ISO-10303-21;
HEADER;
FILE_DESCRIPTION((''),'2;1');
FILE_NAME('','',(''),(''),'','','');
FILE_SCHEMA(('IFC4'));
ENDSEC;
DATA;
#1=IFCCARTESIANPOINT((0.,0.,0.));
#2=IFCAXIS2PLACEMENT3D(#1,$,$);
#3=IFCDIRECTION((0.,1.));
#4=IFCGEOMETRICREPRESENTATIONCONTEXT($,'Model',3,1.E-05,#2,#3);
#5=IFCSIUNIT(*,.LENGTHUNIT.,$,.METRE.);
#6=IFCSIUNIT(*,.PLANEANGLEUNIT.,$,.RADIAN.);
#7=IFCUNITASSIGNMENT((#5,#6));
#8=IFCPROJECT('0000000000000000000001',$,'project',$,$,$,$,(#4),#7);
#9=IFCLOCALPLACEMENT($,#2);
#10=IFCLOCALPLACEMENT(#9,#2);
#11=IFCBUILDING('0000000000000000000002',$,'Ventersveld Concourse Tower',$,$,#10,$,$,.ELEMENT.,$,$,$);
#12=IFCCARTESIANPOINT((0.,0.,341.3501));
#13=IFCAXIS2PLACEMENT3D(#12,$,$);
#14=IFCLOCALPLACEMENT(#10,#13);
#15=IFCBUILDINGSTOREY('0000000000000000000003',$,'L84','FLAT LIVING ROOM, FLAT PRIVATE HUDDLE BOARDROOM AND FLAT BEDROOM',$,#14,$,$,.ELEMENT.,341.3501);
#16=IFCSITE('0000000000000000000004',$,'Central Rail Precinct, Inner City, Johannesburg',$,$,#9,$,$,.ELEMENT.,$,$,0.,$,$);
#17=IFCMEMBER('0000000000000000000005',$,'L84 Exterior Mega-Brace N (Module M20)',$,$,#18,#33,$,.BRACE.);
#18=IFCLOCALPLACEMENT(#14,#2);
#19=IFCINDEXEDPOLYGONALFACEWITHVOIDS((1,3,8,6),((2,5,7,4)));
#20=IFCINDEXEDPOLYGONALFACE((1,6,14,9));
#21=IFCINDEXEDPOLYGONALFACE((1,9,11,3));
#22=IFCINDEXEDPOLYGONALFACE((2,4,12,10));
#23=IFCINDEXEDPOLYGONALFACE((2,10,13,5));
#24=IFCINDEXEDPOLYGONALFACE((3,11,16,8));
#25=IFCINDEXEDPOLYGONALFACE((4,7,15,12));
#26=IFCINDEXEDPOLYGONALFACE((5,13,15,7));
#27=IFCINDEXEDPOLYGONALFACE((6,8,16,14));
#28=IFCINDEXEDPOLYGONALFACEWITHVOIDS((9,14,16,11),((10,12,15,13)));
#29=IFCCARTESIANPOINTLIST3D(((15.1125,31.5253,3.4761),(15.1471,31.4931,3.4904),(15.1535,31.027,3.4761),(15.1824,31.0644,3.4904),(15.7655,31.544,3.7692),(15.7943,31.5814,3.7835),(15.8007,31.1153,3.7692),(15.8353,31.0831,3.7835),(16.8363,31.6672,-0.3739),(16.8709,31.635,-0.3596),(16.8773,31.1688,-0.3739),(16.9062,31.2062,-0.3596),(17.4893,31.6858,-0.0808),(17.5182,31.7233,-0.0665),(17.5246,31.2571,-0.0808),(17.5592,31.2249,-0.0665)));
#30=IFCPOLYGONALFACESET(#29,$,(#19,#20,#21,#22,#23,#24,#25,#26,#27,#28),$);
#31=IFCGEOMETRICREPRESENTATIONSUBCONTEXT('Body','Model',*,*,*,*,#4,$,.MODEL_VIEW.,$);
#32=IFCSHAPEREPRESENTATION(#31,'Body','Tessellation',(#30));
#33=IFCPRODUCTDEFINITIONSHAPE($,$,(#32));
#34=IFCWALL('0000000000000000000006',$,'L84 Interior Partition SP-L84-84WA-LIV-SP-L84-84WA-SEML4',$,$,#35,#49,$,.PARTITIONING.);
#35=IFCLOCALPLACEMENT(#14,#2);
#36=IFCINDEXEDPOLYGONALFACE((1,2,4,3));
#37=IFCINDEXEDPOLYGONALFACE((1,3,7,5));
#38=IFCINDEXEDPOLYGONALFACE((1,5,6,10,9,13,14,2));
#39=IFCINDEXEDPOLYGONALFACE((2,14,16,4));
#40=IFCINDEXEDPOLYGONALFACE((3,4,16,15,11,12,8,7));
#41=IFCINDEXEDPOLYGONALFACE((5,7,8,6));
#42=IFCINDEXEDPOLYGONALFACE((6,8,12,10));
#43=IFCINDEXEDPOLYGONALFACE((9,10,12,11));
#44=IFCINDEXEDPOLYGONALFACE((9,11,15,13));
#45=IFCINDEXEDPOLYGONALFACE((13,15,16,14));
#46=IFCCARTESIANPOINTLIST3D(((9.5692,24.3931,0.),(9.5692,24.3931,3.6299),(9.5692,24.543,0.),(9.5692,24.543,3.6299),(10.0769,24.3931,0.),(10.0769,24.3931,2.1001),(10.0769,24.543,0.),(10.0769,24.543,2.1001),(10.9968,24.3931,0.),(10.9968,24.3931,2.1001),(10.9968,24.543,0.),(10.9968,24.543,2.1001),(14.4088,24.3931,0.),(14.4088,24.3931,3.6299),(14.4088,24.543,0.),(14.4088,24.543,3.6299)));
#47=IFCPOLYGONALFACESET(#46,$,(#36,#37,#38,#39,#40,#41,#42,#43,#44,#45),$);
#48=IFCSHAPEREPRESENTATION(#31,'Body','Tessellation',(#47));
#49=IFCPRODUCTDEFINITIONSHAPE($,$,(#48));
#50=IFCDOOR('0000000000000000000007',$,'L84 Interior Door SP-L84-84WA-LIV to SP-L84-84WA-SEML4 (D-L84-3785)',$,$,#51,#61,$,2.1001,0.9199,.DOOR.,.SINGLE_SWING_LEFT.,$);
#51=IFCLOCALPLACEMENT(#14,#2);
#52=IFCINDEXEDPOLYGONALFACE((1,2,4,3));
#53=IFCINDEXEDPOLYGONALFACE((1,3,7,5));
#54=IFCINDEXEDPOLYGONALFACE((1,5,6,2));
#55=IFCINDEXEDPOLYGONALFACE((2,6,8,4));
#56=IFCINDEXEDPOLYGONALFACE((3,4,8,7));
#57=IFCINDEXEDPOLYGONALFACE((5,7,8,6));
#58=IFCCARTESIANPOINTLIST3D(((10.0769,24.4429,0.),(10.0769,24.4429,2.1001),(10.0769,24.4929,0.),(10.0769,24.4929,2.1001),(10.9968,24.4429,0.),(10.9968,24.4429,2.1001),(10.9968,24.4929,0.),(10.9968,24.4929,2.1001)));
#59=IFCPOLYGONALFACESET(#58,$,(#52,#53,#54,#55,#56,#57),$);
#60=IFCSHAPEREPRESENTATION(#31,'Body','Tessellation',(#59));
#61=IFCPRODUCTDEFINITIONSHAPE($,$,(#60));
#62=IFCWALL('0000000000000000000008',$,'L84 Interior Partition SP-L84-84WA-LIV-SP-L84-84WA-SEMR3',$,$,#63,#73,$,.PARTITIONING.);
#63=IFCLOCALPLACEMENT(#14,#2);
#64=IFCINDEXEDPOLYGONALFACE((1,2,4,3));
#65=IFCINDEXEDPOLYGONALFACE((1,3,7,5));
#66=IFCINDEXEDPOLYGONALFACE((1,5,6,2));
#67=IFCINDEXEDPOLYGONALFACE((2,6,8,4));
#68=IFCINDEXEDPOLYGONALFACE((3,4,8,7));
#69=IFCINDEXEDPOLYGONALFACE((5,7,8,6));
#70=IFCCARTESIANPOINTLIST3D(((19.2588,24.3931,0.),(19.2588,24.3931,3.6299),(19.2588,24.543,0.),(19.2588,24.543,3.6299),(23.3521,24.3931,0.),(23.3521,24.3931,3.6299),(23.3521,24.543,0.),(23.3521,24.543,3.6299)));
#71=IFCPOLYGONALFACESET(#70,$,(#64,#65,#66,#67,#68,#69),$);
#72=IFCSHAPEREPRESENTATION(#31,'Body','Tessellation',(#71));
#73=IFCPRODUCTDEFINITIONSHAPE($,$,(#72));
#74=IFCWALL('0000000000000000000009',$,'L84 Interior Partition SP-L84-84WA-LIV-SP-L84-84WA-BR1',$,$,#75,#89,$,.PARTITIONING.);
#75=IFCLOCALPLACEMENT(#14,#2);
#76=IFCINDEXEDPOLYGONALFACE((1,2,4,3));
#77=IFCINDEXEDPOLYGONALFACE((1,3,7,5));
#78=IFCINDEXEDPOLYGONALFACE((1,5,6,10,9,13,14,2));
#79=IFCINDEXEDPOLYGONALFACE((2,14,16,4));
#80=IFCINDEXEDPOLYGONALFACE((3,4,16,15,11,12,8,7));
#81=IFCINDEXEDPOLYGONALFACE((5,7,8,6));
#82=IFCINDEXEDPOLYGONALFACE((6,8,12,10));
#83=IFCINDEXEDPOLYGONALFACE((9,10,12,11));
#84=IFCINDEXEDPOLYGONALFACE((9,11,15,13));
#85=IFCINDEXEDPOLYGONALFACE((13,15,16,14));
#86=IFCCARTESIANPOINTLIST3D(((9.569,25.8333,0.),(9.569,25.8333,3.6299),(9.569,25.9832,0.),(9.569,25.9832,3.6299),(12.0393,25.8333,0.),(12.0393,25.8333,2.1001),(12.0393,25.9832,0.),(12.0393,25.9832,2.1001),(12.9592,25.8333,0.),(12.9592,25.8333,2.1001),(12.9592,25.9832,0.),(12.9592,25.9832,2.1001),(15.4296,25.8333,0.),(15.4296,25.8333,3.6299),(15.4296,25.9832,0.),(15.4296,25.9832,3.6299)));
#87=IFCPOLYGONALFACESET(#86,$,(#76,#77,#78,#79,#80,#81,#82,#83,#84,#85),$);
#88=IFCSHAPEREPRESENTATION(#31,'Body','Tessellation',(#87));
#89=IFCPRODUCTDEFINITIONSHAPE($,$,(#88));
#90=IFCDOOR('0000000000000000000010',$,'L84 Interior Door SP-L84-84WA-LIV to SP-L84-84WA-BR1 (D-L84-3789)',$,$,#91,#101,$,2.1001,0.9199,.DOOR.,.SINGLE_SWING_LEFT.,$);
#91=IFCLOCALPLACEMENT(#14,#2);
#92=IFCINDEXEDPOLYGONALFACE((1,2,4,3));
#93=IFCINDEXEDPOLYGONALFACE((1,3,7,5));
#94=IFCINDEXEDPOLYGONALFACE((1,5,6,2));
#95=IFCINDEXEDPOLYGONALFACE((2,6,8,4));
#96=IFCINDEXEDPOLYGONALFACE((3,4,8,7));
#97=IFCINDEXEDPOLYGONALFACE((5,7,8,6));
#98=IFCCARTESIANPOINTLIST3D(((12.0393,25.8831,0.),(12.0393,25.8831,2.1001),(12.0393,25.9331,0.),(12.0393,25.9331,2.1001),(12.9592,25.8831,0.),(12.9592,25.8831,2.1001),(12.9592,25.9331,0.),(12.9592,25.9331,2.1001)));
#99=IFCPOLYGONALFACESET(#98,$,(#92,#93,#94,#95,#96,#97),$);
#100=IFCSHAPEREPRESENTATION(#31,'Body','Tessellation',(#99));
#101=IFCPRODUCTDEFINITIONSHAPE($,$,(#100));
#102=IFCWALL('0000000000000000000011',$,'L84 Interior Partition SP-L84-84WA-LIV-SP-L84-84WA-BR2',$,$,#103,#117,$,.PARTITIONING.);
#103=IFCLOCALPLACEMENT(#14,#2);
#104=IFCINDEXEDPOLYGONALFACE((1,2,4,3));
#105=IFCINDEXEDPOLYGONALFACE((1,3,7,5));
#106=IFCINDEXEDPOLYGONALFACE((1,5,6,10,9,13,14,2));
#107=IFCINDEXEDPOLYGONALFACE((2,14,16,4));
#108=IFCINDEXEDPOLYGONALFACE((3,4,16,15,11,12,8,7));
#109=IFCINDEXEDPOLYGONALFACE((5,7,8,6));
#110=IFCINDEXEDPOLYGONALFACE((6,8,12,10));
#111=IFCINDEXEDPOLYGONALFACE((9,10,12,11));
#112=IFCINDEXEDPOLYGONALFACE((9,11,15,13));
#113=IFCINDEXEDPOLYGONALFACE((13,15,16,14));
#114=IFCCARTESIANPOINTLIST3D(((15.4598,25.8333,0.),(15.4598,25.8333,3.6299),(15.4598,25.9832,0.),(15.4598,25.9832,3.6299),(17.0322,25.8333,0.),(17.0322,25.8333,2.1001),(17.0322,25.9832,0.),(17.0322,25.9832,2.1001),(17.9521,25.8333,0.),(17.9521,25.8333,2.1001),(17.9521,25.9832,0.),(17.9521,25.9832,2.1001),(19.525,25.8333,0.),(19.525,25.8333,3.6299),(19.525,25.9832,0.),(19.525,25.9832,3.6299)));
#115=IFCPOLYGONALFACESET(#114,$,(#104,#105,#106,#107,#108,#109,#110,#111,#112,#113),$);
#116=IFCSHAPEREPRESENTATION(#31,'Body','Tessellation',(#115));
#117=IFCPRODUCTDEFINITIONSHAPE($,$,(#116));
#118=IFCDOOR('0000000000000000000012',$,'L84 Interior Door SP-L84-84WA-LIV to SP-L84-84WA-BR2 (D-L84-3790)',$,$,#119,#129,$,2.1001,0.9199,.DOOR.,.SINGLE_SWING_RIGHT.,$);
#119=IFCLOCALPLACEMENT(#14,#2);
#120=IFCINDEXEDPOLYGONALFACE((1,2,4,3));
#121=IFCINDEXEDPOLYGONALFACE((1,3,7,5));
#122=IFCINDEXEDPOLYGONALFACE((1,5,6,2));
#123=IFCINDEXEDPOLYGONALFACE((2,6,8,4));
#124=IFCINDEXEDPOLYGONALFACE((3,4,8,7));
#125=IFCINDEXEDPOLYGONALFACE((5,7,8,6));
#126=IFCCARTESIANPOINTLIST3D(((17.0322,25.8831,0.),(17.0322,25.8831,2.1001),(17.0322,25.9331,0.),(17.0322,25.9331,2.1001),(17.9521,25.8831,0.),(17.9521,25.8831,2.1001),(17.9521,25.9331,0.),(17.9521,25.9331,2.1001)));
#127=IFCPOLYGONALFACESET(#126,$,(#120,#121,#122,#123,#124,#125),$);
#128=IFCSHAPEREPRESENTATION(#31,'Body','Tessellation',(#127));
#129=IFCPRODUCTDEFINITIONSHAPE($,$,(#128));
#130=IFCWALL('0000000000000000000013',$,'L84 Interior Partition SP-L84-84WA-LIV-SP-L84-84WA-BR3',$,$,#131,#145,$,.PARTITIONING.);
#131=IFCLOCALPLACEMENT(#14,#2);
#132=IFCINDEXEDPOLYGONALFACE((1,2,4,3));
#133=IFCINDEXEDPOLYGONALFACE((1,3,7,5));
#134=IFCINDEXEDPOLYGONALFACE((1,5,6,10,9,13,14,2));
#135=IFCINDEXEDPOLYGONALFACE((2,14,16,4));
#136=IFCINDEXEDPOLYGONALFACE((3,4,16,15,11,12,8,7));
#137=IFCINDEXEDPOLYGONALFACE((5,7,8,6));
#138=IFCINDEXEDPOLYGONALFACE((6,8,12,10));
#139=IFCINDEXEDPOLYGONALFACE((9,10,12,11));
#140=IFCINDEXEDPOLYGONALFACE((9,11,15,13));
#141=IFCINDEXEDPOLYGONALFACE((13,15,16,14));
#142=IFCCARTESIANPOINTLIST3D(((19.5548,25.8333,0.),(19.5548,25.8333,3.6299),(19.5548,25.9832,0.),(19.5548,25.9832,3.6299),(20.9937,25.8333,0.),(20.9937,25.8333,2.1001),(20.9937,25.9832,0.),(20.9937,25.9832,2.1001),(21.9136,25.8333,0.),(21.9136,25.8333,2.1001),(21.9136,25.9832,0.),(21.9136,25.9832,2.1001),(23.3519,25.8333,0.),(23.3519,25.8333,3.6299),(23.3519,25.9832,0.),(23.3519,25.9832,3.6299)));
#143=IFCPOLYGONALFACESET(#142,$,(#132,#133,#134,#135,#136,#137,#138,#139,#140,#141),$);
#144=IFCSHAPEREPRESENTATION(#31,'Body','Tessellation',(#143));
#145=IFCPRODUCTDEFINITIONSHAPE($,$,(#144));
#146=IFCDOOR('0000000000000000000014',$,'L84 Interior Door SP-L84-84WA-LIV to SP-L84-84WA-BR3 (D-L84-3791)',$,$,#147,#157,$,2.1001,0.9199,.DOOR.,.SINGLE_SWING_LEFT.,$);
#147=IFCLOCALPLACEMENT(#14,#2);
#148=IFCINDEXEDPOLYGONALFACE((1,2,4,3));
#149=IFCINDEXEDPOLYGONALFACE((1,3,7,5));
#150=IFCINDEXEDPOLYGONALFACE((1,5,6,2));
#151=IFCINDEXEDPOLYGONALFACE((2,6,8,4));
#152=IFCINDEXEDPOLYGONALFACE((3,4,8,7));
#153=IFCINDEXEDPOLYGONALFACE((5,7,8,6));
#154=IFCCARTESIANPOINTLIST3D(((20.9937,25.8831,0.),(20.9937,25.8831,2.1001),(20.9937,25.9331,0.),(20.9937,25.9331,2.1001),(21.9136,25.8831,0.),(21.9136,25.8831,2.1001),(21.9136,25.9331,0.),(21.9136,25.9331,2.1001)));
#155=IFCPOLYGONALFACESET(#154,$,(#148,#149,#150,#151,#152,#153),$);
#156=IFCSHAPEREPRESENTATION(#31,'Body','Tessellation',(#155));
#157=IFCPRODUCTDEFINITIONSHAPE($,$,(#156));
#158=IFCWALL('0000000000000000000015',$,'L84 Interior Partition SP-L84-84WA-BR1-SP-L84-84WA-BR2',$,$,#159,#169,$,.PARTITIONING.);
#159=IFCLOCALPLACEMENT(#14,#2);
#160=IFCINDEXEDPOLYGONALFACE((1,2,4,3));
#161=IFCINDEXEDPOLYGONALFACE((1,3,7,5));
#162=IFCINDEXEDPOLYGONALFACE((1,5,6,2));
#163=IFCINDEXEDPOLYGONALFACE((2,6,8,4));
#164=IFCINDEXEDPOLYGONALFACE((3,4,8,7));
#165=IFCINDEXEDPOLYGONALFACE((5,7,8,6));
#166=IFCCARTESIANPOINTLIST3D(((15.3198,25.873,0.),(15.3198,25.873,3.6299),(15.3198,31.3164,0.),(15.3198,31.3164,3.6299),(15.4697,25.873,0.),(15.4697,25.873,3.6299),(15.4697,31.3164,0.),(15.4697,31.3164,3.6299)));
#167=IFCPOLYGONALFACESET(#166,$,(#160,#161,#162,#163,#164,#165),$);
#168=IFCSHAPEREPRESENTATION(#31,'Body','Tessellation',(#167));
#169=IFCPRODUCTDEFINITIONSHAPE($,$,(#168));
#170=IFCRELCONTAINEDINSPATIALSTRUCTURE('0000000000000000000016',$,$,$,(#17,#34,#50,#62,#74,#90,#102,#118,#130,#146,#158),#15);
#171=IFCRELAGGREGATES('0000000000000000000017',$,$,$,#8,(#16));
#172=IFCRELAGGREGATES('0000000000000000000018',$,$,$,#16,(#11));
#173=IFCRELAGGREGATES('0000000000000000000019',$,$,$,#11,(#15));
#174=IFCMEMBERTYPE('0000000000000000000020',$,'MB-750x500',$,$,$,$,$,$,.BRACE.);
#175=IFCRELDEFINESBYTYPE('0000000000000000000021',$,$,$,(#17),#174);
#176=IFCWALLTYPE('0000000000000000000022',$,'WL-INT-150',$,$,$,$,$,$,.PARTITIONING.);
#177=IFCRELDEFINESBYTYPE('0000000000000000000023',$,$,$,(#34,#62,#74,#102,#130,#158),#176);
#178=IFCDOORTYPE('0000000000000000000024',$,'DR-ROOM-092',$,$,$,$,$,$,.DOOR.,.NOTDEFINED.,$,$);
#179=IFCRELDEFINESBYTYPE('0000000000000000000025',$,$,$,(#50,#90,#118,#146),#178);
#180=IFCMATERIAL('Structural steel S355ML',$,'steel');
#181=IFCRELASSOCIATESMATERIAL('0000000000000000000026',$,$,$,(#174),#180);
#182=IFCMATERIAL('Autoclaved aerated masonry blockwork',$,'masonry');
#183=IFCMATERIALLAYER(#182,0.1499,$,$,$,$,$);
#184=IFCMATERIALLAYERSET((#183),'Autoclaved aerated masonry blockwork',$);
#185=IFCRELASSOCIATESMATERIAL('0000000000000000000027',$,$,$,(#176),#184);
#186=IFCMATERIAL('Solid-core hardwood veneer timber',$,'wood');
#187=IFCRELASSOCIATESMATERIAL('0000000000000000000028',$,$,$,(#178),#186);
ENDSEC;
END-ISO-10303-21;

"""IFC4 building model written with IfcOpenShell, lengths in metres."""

from ifc_helpers import new_model, si_unit, direction, frame, frame_2d, origin, origin_2d, place, context, subcontext, project, spatial, rectangle, hollow_rectangle, extrude, material, layer, layer_set, material_profile, profile_set, type_object, element, fill, save


model = new_model("IFC4")

# Units and contexts
model_context = context("Model", 3, precision=1e-05, world=origin(), true_north=direction((0.0, 1.0)))
body_context = subcontext(model_context, "Body", "Model", "MODEL_VIEW")
ifc_project = project(units=[si_unit("LENGTHUNIT", "METRE"), si_unit("PLANEANGLEUNIT", "RADIAN")], contexts=[model_context])

# Site, building, storey
site_placement = place(None, origin())
site = spatial("IfcSite", under=ifc_project, at=site_placement, Name="Central Rail Precinct, Inner City, Johannesburg", CompositionType="ELEMENT", RefElevation=0.0)
building_placement = place(site_placement, origin())
building = spatial("IfcBuilding", under=site, at=building_placement, Name="Ventersveld Concourse Tower", CompositionType="ELEMENT")
storey_placement = place(building_placement, frame((0.0, 0.0, 341.3501)))
storey = spatial("IfcBuildingStorey", under=building, at=storey_placement, Name="L84", Description="FLAT LIVING ROOM, FLAT PRIVATE HUDDLE BOARDROOM AND FLAT BEDROOM", CompositionType="ELEMENT", Elevation=341.3501)

# Member
ifc_material_1 = material(Name="Structural steel S355ML", Category="steel")
ifc_material_profile_1 = material_profile(ifc_material_1, hollow_rectangle(XDim=0.5, YDim=0.75, WallThickness=0.0349, at=origin_2d()), Name="BOX 750x500x35")
ifc_profile_set_1 = profile_set([ifc_material_profile_1], Name="Structural steel S355ML")
member_type = type_object("IfcMemberType", Name="MB-750x500", PredefinedType="BRACE", material=ifc_profile_set_1)
member_placement = place(storey_placement, frame((17.1978, 31.446, -0.2202), z_axis=(-0.408425, -0.033606, 0.912173), x_axis=(0.082006, -0.996632, 0.0)))
element("IfcMember", 1, at=member_placement, inside=storey, type_object=member_type, Name="L84 Exterior Mega-Brace N (Module M20)", PredefinedType="BRACE", context=body_context, shape_type="SweptSolid", body=[
    extrude(hollow_rectangle(XDim=0.5, YDim=0.75, WallThickness=0.0349, at=origin_2d()), origin(), (0.0, 0.0, 1.0), 4.2207),
])

# Wall, opening, door
ifc_material_2 = material(Name="Autoclaved aerated masonry blockwork", Category="masonry")
ifc_layer_1 = layer(ifc_material_2, 0.1499)
ifc_layer_set_1 = layer_set([ifc_layer_1], Name="Autoclaved aerated masonry blockwork")
wall_type_1 = type_object("IfcWallType", Name="WL-INT-150", PredefinedType="PARTITIONING", material=ifc_layer_set_1)
wall_1_placement = place(storey_placement, frame((9.5691, 24.468, 0.0), z_axis=(0.0, 0.0, 1.0), x_axis=(1.0, 0.0, 0.0)))
wall_1 = element("IfcWall", 2, at=wall_1_placement, inside=storey, type_object=wall_type_1, Name="L84 Interior Partition SP-L84-84WA-LIV-SP-L84-84WA-SEML4", PredefinedType="PARTITIONING", context=body_context, shape_type="SweptSolid", body=[
    extrude(rectangle(XDim=4.8396, YDim=0.1499, at=frame_2d((2.4199, 0.0))), origin(), (0.0, 0.0, 1.0), 3.6299),
])
opening_1_placement = place(wall_1_placement, frame((0.5078, 0.0, 0.0)))
opening_1 = element("IfcOpeningElement", 3, at=opening_1_placement, cuts=wall_1, PredefinedType="OPENING", context=body_context, shape_type="SweptSolid", body=[
    extrude(rectangle(XDim=0.9199, YDim=2.1001, at=frame_2d((0.46, 1.05))), frame((0.0, 0.085, 0.0), z_axis=(0.0, -1.0, 0.0), x_axis=(1.0, 0.0, 0.0)), (0.0, 0.0, 1.0), 0.1699),
])
ifc_material_3 = material(Name="Solid-core hardwood veneer timber", Category="wood")
door_type = type_object("IfcDoorType", Name="DR-ROOM-092", OperationType="NOTDEFINED", PredefinedType="DOOR", material=ifc_material_3)
door_1_placement = place(opening_1_placement, origin())
door_1 = element("IfcDoor", 4, at=door_1_placement, inside=storey, type_object=door_type, Name="L84 Interior Door SP-L84-84WA-LIV to SP-L84-84WA-SEML4 (D-L84-3785)", OperationType="SINGLE_SWING_LEFT", OverallHeight=2.1001, OverallWidth=0.9199, PredefinedType="DOOR", context=body_context, shape_type="SweptSolid", body=[
    extrude(rectangle(XDim=0.9199, YDim=2.1001, at=frame_2d((0.46, 1.05))), frame((0.0, 0.0249, 0.0), z_axis=(0.0, -1.0, 0.0), x_axis=(1.0, 0.0, 0.0)), (0.0, 0.0, 1.0), 0.05),
])
fill(opening_1, door_1)

# Wall
wall_2_placement = place(storey_placement, frame((19.2588, 24.468, 0.0), z_axis=(0.0, 0.0, 1.0), x_axis=(1.0, 0.0, 0.0)))
element("IfcWall", 5, at=wall_2_placement, inside=storey, type_object=wall_type_1, Name="L84 Interior Partition SP-L84-84WA-LIV-SP-L84-84WA-SEMR3", PredefinedType="PARTITIONING", context=body_context, shape_type="SweptSolid", body=[
    extrude(rectangle(XDim=4.0933, YDim=0.1499, at=frame_2d((2.0466, 0.0))), origin(), (0.0, 0.0, 1.0), 3.6299),
])

# Walls, openings, doors
wall_3_placement = place(storey_placement, frame((9.5691, 25.9082, 0.0), z_axis=(0.0, 0.0, 1.0), x_axis=(1.0, 0.0, 0.0)))
wall_3 = element("IfcWall", 6, at=wall_3_placement, inside=storey, type_object=wall_type_1, Name="L84 Interior Partition SP-L84-84WA-LIV-SP-L84-84WA-BR1", PredefinedType="PARTITIONING", context=body_context, shape_type="SweptSolid", body=[
    extrude(rectangle(XDim=5.8606, YDim=0.1499, at=frame_2d((2.9302, 0.0))), origin(), (0.0, 0.0, 1.0), 3.6299),
])
opening_2_placement = place(wall_3_placement, frame((2.4702, 0.0, 0.0)))
opening_2 = element("IfcOpeningElement", 7, at=opening_2_placement, cuts=wall_3, PredefinedType="OPENING", context=body_context, shape_type="SweptSolid", body=[
    extrude(rectangle(XDim=0.9199, YDim=2.1001, at=frame_2d((0.46, 1.05))), frame((0.0, 0.085, 0.0), z_axis=(0.0, -1.0, 0.0), x_axis=(1.0, 0.0, 0.0)), (0.0, 0.0, 1.0), 0.1699),
])
door_2_placement = place(opening_2_placement, origin())
door_2 = element("IfcDoor", 8, at=door_2_placement, inside=storey, type_object=door_type, Name="L84 Interior Door SP-L84-84WA-LIV to SP-L84-84WA-BR1 (D-L84-3789)", OperationType="SINGLE_SWING_LEFT", OverallHeight=2.1001, OverallWidth=0.9199, PredefinedType="DOOR", context=body_context, shape_type="SweptSolid", body=[
    extrude(rectangle(XDim=0.9199, YDim=2.1001, at=frame_2d((0.46, 1.05))), frame((0.0, 0.0249, 0.0), z_axis=(0.0, -1.0, 0.0), x_axis=(1.0, 0.0, 0.0)), (0.0, 0.0, 1.0), 0.05),
])
fill(opening_2, door_2)
wall_4_placement = place(storey_placement, frame((15.4597, 25.9082, 0.0), z_axis=(0.0, 0.0, 1.0), x_axis=(1.0, 0.0, 0.0)))
wall_4 = element("IfcWall", 9, at=wall_4_placement, inside=storey, type_object=wall_type_1, Name="L84 Interior Partition SP-L84-84WA-LIV-SP-L84-84WA-BR2", PredefinedType="PARTITIONING", context=body_context, shape_type="SweptSolid", body=[
    extrude(rectangle(XDim=4.0652, YDim=0.1499, at=frame_2d((2.0327, 0.0))), origin(), (0.0, 0.0, 1.0), 3.6299),
])
opening_3_placement = place(wall_4_placement, frame((1.5725, 0.0, 0.0)))
opening_3 = element("IfcOpeningElement", 10, at=opening_3_placement, cuts=wall_4, PredefinedType="OPENING", context=body_context, shape_type="SweptSolid", body=[
    extrude(rectangle(XDim=0.9199, YDim=2.1001, at=frame_2d((0.46, 1.05))), frame((0.0, 0.085, 0.0), z_axis=(0.0, -1.0, 0.0), x_axis=(1.0, 0.0, 0.0)), (0.0, 0.0, 1.0), 0.1699),
])
door_3_placement = place(opening_3_placement, origin())
door_3 = element("IfcDoor", 11, at=door_3_placement, inside=storey, type_object=door_type, Name="L84 Interior Door SP-L84-84WA-LIV to SP-L84-84WA-BR2 (D-L84-3790)", OperationType="SINGLE_SWING_RIGHT", OverallHeight=2.1001, OverallWidth=0.9199, PredefinedType="DOOR", context=body_context, shape_type="SweptSolid", body=[
    extrude(rectangle(XDim=0.9199, YDim=2.1001, at=frame_2d((0.46, 1.05))), frame((0.0, 0.0249, 0.0), z_axis=(0.0, -1.0, 0.0), x_axis=(1.0, 0.0, 0.0)), (0.0, 0.0, 1.0), 0.05),
])
fill(opening_3, door_3)
wall_5_placement = place(storey_placement, frame((19.5549, 25.9082, 0.0), z_axis=(0.0, 0.0, 1.0), x_axis=(1.0, 0.0, 0.0)))
wall_5 = element("IfcWall", 12, at=wall_5_placement, inside=storey, type_object=wall_type_1, Name="L84 Interior Partition SP-L84-84WA-LIV-SP-L84-84WA-BR3", PredefinedType="PARTITIONING", context=body_context, shape_type="SweptSolid", body=[
    extrude(rectangle(XDim=3.7971, YDim=0.1499, at=frame_2d((1.8984, 0.0))), origin(), (0.0, 0.0, 1.0), 3.6299),
])
opening_4_placement = place(wall_5_placement, frame((1.4387, 0.0, 0.0)))
opening_4 = element("IfcOpeningElement", 13, at=opening_4_placement, cuts=wall_5, PredefinedType="OPENING", context=body_context, shape_type="SweptSolid", body=[
    extrude(rectangle(XDim=0.9199, YDim=2.1001, at=frame_2d((0.46, 1.05))), frame((0.0, 0.085, 0.0), z_axis=(0.0, -1.0, 0.0), x_axis=(1.0, 0.0, 0.0)), (0.0, 0.0, 1.0), 0.1699),
])
door_4_placement = place(opening_4_placement, origin())
door_4 = element("IfcDoor", 14, at=door_4_placement, inside=storey, type_object=door_type, Name="L84 Interior Door SP-L84-84WA-LIV to SP-L84-84WA-BR3 (D-L84-3791)", OperationType="SINGLE_SWING_LEFT", OverallHeight=2.1001, OverallWidth=0.9199, PredefinedType="DOOR", context=body_context, shape_type="SweptSolid", body=[
    extrude(rectangle(XDim=0.9199, YDim=2.1001, at=frame_2d((0.46, 1.05))), frame((0.0, 0.0249, 0.0), z_axis=(0.0, -1.0, 0.0), x_axis=(1.0, 0.0, 0.0)), (0.0, 0.0, 1.0), 0.05),
])
fill(opening_4, door_4)

# Wall
wall_6_placement = place(storey_placement, frame((15.3948, 25.873, 0.0), z_axis=(0.0, 0.0, 1.0), x_axis=(0.0, 1.0, 0.0)))
element("IfcWall", 15, at=wall_6_placement, inside=storey, type_object=wall_type_1, Name="L84 Interior Partition SP-L84-84WA-BR1-SP-L84-84WA-BR2", PredefinedType="PARTITIONING", context=body_context, shape_type="SweptSolid", body=[
    extrude(rectangle(XDim=5.4434, YDim=0.1499, at=frame_2d((2.7217, 0.0))), origin(), (0.0, 0.0, 1.0), 3.6299),
])

save(model, "model.ifc")
